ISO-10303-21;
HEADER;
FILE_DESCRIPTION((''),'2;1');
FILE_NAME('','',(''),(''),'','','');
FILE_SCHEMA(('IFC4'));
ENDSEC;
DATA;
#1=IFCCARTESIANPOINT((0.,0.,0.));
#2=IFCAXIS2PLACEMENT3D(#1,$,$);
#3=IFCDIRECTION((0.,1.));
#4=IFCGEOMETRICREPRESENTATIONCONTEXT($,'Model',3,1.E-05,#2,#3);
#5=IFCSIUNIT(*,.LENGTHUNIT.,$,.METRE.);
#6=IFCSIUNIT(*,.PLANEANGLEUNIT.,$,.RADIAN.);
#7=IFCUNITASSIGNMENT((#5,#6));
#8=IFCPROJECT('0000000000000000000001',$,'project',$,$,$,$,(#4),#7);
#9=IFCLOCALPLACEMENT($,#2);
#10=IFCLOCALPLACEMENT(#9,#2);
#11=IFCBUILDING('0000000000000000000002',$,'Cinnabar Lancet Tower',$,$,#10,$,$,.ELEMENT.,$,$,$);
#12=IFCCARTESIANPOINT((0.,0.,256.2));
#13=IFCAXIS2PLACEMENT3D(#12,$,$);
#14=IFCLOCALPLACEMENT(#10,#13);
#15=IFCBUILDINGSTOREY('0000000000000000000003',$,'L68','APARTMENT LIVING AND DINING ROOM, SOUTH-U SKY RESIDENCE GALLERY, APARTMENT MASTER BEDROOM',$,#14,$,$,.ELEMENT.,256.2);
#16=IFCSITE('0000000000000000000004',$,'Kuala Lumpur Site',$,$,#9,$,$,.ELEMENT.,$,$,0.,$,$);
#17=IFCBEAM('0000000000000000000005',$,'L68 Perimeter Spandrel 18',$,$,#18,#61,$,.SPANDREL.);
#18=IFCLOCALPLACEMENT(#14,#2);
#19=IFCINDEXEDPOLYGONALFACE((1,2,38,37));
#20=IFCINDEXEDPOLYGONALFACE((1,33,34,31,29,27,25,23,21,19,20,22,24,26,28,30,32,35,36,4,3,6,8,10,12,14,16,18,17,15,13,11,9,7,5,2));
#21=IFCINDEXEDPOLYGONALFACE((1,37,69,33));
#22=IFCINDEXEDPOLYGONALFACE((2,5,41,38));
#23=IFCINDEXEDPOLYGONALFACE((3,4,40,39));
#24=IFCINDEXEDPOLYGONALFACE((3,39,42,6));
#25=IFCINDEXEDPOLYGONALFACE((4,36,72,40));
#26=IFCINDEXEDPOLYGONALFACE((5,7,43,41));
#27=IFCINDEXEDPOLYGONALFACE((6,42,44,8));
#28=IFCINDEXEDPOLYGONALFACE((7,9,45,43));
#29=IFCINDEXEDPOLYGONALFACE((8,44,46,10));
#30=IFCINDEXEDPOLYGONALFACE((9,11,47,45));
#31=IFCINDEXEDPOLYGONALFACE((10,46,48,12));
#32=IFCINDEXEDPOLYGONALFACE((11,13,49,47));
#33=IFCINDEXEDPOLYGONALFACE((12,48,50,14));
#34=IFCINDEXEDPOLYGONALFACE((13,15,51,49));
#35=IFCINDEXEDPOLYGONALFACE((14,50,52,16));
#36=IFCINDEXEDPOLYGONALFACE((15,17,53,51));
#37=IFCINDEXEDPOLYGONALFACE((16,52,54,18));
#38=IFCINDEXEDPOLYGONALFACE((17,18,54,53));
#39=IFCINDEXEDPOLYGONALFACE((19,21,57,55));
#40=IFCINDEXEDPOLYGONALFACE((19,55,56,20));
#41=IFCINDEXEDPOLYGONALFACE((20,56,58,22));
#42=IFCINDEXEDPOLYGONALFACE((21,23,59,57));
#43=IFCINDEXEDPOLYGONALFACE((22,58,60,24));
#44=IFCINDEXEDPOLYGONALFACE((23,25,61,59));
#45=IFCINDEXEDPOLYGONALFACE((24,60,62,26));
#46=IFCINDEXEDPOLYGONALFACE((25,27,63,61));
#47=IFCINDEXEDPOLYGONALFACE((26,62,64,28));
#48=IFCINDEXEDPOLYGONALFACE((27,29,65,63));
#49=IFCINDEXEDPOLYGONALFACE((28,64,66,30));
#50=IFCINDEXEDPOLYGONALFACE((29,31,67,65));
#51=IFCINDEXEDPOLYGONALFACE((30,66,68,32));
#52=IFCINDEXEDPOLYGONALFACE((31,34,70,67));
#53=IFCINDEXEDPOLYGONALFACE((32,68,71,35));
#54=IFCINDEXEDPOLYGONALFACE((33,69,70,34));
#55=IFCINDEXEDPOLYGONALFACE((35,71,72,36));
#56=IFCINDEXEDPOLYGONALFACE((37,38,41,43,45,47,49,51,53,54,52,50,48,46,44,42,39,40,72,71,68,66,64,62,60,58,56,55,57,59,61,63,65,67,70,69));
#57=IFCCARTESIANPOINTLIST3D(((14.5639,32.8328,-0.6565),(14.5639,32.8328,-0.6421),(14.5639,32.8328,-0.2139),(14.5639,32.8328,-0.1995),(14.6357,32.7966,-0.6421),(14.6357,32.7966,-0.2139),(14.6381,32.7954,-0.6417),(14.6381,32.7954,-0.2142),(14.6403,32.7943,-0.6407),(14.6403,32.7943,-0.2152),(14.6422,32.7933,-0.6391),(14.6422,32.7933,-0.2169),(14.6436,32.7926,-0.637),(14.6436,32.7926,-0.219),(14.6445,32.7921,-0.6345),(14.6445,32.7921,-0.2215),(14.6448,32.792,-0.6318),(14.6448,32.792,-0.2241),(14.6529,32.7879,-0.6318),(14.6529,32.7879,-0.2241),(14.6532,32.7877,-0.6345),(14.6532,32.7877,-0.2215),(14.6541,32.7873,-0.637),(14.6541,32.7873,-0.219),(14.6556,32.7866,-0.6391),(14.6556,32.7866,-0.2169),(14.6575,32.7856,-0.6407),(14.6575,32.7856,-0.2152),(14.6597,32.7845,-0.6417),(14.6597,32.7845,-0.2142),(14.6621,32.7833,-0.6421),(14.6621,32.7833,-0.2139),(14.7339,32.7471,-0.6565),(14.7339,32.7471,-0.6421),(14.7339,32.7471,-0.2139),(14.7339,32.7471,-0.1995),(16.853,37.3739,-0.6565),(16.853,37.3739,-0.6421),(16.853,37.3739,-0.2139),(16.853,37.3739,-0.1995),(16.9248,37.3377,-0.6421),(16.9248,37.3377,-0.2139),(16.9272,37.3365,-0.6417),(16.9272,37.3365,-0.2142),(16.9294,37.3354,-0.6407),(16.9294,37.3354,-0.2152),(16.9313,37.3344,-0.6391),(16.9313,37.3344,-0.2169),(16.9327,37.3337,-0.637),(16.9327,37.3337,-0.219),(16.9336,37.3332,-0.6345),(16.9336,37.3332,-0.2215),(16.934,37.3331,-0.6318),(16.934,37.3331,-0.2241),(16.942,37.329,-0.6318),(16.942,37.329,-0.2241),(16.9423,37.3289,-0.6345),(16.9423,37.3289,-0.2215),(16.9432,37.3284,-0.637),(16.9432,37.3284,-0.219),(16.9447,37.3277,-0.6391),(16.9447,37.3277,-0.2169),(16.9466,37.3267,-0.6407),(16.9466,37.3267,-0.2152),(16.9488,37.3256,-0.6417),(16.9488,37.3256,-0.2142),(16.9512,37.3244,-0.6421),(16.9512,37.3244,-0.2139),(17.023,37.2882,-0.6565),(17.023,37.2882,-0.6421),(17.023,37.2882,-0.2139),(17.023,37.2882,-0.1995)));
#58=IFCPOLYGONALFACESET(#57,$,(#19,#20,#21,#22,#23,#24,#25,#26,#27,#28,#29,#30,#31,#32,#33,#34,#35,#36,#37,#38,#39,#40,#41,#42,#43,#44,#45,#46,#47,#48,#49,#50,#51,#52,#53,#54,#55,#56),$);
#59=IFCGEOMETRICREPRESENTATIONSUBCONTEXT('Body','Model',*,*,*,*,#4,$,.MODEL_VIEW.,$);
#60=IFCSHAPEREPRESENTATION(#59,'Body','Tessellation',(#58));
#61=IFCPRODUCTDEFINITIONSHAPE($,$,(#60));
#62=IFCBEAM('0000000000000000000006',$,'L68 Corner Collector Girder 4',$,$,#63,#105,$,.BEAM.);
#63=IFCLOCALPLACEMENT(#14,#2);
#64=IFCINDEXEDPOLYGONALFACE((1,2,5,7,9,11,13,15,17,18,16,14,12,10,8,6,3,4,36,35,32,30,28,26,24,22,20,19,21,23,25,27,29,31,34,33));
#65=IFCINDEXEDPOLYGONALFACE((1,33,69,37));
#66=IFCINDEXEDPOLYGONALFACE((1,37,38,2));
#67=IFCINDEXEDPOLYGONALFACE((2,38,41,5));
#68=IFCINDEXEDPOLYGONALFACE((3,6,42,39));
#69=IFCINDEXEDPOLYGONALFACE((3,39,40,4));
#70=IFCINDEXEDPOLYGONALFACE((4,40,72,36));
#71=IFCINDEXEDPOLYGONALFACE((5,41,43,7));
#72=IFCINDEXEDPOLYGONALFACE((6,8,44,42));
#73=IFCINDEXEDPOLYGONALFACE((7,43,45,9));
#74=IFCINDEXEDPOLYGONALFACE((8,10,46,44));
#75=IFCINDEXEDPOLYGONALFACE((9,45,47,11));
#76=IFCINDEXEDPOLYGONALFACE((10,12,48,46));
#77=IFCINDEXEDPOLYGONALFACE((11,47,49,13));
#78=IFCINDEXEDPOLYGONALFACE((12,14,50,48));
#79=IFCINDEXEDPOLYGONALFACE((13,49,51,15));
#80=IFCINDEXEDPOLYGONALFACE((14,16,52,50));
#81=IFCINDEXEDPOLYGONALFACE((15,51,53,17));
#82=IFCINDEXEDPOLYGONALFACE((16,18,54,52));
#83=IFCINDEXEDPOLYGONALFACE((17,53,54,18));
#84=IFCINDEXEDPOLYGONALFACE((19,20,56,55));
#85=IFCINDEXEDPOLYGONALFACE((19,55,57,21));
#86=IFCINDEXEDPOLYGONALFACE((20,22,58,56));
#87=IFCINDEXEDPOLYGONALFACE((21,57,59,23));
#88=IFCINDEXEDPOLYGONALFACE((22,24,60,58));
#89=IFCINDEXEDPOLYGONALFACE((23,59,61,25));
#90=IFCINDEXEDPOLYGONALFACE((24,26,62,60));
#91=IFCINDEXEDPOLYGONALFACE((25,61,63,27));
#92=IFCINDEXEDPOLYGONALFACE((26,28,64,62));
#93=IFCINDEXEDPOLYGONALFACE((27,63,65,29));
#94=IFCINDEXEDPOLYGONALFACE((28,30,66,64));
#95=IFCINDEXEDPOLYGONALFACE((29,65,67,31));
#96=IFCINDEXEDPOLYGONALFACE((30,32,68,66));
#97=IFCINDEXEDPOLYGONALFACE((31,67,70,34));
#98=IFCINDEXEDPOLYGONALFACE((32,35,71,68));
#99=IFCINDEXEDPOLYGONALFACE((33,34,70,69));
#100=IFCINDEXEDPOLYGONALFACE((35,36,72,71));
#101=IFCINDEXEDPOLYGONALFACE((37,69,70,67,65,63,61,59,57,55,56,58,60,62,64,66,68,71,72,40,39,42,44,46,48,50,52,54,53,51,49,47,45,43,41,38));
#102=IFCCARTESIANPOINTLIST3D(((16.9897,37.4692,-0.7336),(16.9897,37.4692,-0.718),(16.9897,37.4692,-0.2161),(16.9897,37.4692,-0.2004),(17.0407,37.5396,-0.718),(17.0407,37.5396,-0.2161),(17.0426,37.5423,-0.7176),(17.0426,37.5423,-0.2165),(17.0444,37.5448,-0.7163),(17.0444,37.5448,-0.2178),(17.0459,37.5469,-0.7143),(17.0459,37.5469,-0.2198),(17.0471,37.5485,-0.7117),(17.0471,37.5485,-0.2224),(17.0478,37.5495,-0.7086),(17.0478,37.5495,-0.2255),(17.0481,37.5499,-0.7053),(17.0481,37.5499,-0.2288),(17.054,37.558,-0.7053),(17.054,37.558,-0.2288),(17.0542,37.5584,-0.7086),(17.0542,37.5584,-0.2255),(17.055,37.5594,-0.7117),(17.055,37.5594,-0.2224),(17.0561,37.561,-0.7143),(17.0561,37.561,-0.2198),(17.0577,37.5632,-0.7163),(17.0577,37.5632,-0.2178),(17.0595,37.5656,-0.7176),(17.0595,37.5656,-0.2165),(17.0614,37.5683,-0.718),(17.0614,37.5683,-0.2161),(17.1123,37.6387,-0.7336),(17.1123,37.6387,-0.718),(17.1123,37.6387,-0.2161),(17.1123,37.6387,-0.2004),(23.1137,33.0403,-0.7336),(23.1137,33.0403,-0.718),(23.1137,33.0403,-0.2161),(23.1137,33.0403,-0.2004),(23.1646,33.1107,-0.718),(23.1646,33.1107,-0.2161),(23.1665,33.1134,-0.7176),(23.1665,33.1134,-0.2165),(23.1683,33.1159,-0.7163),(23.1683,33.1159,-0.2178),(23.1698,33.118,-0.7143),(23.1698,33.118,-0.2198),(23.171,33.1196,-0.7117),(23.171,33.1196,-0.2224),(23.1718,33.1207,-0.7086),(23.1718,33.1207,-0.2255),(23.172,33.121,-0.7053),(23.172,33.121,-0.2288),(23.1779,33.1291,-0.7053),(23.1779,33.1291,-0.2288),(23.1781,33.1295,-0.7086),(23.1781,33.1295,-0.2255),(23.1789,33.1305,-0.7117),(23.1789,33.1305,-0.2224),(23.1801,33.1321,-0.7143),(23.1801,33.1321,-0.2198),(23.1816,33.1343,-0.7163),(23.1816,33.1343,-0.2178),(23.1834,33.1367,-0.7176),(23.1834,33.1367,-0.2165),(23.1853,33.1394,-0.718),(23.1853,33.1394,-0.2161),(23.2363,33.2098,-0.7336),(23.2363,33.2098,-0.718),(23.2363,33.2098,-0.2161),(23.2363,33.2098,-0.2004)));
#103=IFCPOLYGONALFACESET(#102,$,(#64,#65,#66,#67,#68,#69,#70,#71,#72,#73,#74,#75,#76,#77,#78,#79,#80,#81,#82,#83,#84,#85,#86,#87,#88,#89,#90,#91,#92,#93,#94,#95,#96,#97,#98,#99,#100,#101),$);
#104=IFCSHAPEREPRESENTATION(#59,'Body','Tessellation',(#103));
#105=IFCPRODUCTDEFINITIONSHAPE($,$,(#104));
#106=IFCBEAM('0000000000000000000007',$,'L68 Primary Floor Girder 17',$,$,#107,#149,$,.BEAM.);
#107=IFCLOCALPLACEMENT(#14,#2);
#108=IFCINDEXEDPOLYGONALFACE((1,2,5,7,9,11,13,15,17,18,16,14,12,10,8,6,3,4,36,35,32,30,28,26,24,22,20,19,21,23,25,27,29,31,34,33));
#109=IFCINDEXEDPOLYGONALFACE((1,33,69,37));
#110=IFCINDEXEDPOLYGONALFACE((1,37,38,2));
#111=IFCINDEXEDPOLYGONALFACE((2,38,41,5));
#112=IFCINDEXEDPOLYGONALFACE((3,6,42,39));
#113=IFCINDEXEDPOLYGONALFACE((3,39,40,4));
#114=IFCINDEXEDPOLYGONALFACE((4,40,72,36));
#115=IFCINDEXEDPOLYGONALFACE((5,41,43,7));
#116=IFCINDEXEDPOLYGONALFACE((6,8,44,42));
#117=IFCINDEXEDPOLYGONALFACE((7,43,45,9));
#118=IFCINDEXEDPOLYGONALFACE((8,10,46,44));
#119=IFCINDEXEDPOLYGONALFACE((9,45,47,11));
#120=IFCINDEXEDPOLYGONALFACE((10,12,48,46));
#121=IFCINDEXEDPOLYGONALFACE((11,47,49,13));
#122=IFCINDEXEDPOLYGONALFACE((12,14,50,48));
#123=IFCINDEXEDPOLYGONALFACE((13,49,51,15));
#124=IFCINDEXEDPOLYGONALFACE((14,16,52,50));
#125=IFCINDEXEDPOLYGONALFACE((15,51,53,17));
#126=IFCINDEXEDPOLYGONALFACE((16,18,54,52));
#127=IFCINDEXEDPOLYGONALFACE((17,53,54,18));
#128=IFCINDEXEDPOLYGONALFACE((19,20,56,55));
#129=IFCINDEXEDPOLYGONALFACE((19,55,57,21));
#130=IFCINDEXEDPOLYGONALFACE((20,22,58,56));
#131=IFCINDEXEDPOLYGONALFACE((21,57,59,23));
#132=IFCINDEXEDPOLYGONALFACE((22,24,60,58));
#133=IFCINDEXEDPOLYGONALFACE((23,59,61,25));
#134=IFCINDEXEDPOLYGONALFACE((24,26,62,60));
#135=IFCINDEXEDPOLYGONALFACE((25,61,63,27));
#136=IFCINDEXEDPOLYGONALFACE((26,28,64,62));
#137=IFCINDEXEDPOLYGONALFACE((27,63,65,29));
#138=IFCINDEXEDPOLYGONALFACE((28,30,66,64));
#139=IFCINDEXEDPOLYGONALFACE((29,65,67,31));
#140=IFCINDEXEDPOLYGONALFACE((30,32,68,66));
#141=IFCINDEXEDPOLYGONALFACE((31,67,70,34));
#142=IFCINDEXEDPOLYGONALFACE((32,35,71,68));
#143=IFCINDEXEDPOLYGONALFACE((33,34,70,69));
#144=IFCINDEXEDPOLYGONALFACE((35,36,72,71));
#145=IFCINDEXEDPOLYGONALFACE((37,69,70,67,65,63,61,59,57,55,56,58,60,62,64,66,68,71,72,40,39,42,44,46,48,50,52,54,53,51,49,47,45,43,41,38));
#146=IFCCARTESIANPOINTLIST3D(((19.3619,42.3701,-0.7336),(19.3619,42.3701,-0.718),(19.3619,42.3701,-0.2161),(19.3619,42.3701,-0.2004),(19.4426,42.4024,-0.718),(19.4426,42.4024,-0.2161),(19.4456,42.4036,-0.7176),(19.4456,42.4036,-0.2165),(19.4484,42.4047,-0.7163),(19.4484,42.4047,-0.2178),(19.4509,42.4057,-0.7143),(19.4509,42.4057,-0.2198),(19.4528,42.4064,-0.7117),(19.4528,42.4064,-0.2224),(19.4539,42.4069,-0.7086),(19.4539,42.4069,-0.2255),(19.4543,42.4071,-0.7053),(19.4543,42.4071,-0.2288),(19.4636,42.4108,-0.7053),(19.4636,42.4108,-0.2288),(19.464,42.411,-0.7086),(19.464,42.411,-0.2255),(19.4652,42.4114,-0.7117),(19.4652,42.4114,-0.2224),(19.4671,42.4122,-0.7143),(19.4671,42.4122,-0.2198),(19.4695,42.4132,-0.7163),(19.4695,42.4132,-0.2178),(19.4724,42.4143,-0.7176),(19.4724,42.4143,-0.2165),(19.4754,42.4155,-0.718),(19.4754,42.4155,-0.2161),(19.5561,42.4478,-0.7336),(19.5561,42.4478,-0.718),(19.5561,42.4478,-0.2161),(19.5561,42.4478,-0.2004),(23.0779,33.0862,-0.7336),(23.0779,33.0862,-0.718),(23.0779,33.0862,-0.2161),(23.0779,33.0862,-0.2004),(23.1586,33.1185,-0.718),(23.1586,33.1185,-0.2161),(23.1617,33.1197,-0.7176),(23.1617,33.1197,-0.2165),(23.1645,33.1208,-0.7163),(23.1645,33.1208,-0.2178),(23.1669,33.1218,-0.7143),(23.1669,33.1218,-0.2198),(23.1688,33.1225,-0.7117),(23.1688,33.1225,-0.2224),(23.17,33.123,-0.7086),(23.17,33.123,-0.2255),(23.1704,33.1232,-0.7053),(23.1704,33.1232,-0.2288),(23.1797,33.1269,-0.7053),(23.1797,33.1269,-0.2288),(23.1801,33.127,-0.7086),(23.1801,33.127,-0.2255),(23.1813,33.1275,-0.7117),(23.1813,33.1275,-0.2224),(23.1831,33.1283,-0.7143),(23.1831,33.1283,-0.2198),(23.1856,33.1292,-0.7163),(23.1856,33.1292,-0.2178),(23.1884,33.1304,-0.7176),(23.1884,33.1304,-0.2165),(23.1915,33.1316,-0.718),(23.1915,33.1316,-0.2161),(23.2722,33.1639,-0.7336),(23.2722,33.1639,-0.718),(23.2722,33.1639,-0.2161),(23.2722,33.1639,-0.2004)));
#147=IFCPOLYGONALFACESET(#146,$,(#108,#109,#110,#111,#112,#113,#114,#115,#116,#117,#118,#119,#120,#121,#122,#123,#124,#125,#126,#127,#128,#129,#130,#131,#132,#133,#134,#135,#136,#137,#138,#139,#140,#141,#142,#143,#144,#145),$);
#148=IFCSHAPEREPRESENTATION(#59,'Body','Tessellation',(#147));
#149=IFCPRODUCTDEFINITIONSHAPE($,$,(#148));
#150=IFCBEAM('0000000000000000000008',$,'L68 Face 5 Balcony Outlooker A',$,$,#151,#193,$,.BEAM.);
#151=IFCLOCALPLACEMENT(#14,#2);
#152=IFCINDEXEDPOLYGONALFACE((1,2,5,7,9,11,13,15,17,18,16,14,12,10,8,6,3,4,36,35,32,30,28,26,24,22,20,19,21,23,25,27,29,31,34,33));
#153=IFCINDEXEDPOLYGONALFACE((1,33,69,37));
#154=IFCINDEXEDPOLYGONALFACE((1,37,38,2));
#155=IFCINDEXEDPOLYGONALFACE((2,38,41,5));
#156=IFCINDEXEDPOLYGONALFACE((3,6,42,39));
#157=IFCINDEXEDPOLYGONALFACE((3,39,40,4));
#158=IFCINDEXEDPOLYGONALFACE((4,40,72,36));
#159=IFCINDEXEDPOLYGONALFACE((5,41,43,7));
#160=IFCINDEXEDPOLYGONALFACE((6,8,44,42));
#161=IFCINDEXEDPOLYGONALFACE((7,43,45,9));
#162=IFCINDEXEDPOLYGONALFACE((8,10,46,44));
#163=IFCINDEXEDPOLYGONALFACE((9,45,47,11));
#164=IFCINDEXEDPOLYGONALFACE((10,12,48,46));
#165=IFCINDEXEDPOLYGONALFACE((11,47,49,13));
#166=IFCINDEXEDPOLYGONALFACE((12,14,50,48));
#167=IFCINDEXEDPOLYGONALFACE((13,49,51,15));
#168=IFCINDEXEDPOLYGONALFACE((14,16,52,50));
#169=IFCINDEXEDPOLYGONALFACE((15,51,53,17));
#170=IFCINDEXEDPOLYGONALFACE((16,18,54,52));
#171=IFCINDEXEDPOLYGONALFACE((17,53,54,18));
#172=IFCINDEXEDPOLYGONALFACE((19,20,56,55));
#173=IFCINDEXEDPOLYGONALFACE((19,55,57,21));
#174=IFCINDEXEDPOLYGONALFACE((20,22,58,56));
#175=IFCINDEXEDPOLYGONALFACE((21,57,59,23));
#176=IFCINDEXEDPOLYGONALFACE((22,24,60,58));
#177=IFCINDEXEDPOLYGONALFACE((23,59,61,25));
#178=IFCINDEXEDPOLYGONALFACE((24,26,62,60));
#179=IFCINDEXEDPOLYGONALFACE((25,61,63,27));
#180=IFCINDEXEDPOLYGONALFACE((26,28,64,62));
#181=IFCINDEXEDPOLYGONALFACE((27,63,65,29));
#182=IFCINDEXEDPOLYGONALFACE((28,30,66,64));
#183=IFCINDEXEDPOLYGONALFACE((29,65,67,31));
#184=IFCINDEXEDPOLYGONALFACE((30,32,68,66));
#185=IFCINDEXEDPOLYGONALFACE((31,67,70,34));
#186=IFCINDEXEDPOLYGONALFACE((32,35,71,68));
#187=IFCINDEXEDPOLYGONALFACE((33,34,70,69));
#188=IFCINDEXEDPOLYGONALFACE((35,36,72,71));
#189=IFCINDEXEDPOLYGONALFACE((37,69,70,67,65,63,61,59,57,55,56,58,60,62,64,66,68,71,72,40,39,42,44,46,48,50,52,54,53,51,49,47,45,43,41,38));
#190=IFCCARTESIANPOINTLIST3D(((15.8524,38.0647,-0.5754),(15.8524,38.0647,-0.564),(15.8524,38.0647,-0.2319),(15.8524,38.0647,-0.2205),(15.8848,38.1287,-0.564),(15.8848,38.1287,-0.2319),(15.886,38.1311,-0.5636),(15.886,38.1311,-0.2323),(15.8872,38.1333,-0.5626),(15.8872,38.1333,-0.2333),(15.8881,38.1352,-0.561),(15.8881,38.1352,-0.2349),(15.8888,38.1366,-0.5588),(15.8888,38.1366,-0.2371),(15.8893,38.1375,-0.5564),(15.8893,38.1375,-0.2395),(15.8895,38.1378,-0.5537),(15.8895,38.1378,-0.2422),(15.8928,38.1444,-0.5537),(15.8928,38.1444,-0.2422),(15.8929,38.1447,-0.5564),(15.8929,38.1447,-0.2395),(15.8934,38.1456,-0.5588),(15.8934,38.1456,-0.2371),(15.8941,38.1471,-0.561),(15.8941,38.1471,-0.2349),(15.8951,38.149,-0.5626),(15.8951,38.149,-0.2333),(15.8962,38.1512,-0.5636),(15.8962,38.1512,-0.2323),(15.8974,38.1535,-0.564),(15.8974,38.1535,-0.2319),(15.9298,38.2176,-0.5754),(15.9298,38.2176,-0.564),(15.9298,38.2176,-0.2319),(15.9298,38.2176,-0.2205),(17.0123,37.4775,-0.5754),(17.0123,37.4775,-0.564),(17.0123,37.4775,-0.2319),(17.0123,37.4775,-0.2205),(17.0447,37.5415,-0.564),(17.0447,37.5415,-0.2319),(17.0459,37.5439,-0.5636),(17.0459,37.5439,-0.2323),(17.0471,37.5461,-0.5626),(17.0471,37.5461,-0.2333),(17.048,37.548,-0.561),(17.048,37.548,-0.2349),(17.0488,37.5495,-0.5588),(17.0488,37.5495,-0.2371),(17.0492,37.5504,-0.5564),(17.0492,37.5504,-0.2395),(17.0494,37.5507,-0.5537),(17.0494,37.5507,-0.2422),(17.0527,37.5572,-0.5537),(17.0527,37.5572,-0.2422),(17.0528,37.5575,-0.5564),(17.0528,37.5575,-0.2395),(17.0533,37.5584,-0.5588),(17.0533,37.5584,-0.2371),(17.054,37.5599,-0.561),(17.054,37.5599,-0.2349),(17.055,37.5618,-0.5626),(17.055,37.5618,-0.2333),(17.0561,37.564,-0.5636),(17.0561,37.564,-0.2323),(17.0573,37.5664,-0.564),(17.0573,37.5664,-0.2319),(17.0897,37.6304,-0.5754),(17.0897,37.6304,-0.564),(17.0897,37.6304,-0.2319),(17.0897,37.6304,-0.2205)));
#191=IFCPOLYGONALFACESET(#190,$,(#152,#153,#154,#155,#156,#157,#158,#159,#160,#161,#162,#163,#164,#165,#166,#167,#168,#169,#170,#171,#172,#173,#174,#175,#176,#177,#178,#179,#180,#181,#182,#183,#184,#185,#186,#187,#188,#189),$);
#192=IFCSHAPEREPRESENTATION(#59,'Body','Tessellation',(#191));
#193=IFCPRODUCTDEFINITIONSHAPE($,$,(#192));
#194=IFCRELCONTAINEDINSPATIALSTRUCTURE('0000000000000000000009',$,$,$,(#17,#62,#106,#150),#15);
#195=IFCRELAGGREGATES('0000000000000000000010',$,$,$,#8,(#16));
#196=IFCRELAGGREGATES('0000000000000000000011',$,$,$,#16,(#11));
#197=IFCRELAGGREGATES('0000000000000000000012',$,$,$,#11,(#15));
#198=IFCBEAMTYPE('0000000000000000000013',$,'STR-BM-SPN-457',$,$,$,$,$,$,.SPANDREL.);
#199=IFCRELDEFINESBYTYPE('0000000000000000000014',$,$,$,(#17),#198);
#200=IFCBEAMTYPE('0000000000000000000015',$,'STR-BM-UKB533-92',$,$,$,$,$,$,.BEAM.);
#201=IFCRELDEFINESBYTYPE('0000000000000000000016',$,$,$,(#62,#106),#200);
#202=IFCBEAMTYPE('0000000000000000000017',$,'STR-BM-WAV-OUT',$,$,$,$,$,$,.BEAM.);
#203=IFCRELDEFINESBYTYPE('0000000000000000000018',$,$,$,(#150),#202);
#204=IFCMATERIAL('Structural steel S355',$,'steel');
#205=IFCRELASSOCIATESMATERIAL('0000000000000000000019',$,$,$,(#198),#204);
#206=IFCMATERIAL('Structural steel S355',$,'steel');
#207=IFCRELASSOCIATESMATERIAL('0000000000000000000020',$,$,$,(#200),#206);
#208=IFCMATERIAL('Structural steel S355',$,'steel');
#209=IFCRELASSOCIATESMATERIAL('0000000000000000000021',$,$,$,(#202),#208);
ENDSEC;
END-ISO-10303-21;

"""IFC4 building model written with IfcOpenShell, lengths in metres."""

from ifc_helpers import new_model, si_unit, direction, frame, origin, origin_2d, place, context, subcontext, project, spatial, i_section, extrude, material, material_profile, profile_set, type_object, element, save


model = new_model("IFC4")

# Units and contexts
model_context = context("Model", 3, precision=1e-05, world=origin(), true_north=direction((0.0, 1.0)))
body_context = subcontext(model_context, "Body", "Model", "MODEL_VIEW")
ifc_project = project(units=[si_unit("LENGTHUNIT", "METRE"), si_unit("PLANEANGLEUNIT", "RADIAN")], contexts=[model_context])

# Site, building, storey
site_placement = place(None, origin())
site = spatial("IfcSite", under=ifc_project, at=site_placement, Name="Kuala Lumpur Site", CompositionType="ELEMENT", RefElevation=0.0)
building_placement = place(site_placement, origin())
building = spatial("IfcBuilding", under=site, at=building_placement, Name="Cinnabar Lancet Tower", CompositionType="ELEMENT")
storey_placement = place(building_placement, frame((0.0, 0.0, 256.2)))
storey = spatial("IfcBuildingStorey", under=building, at=storey_placement, Name="L68", Description="APARTMENT LIVING AND DINING ROOM, SOUTH-U SKY RESIDENCE GALLERY, APARTMENT MASTER BEDROOM", CompositionType="ELEMENT", Elevation=256.2)

# Beams
ifc_material_1 = material(Name="Structural steel S355", Category="steel")
ifc_material_profile_1 = material_profile(ifc_material_1, i_section(OverallWidth=0.1904, OverallDepth=0.457, WebThickness=0.009, FlangeThickness=0.0144, FilletRadius=0.0103, at=origin_2d()), Name="UKB 457x191x74")
ifc_profile_set_1 = profile_set([ifc_material_profile_1], Name="Structural steel S355")
beam_type_1 = type_object("IfcBeamType", Name="STR-BM-SPN-457", PredefinedType="SPANDREL", material=ifc_profile_set_1)
beam_1_placement = place(storey_placement, frame((16.938, 37.3311, -0.428), z_axis=(-0.45013, -0.892963, 0.0), x_axis=(0.892963, -0.45013, 0.0)))
element("IfcBeam", 1, at=beam_1_placement, inside=storey, type_object=beam_type_1, Name="L68 Perimeter Spandrel 18", PredefinedType="SPANDREL", context=body_context, shape_type="SweptSolid", body=[
    extrude(i_section(OverallWidth=0.1904, OverallDepth=0.457, WebThickness=0.009, FlangeThickness=0.0144, FilletRadius=0.0103, at=origin_2d()), origin(), (0.0, 0.0, 1.0), 5.0854),
])
ifc_material_2 = material(Name="Structural steel S355", Category="steel")
ifc_material_profile_2 = material_profile(ifc_material_2, i_section(OverallWidth=0.2092, OverallDepth=0.5332, WebThickness=0.01, FlangeThickness=0.0156, FilletRadius=0.0127, at=origin_2d()), Name="UKB 533x210x92")
ifc_profile_set_2 = profile_set([ifc_material_profile_2], Name="Structural steel S355")
beam_type_2 = type_object("IfcBeamType", Name="STR-BM-UKB533-92", PredefinedType="BEAM", material=ifc_profile_set_2)
beam_2_placement = place(storey_placement, frame((17.051, 37.554, -0.467), z_axis=(0.810299, -0.586016, 0.0), x_axis=(0.586016, 0.810299, 0.0)))
element("IfcBeam", 2, at=beam_2_placement, inside=storey, type_object=beam_type_2, Name="L68 Corner Collector Girder 4", PredefinedType="BEAM", context=body_context, shape_type="SweptSolid", body=[
    extrude(i_section(OverallWidth=0.2092, OverallDepth=0.5332, WebThickness=0.01, FlangeThickness=0.0156, FilletRadius=0.0127, at=origin_2d()), origin(), (0.0, 0.0, 1.0), 7.5576),
])
beam_3_placement = place(storey_placement, frame((19.459, 42.4089, -0.467), z_axis=(0.371605, -0.928391, 0.0), x_axis=(0.928391, 0.371605, 0.0)))
element("IfcBeam", 3, at=beam_3_placement, inside=storey, type_object=beam_type_2, Name="L68 Primary Floor Girder 17", PredefinedType="BEAM", context=body_context, shape_type="SweptSolid", body=[
    extrude(i_section(OverallWidth=0.2092, OverallDepth=0.5332, WebThickness=0.01, FlangeThickness=0.0156, FilletRadius=0.0127, at=origin_2d()), origin(), (0.0, 0.0, 1.0), 10.0),
])
ifc_material_3 = material(Name="Structural steel S355", Category="steel")
ifc_material_profile_3 = material_profile(ifc_material_3, i_section(OverallWidth=0.1714, OverallDepth=0.355, WebThickness=0.0073, FlangeThickness=0.0115, FilletRadius=0.0103, at=origin_2d()), Name="UKB 356x171x51")
ifc_profile_set_3 = profile_set([ifc_material_profile_3], Name="Structural steel S355")
beam_type_3 = type_object("IfcBeamType", Name="STR-BM-WAV-OUT", PredefinedType="BEAM", material=ifc_profile_set_3)
beam_4_placement = place(storey_placement, frame((17.051, 37.554, -0.3979), z_axis=(-0.8922, 0.45164, 0.0), x_axis=(-0.45164, -0.8922, 0.0)))
element("IfcBeam", 4, at=beam_4_placement, inside=storey, type_object=beam_type_3, Name="L68 Face 5 Balcony Outlooker A", PredefinedType="BEAM", context=body_context, shape_type="SweptSolid", body=[
    extrude(i_section(OverallWidth=0.1714, OverallDepth=0.355, WebThickness=0.0073, FlangeThickness=0.0115, FilletRadius=0.0103, at=origin_2d()), origin(), (0.0, 0.0, 1.0), 1.3),
])

save(model, "model.ifc")
